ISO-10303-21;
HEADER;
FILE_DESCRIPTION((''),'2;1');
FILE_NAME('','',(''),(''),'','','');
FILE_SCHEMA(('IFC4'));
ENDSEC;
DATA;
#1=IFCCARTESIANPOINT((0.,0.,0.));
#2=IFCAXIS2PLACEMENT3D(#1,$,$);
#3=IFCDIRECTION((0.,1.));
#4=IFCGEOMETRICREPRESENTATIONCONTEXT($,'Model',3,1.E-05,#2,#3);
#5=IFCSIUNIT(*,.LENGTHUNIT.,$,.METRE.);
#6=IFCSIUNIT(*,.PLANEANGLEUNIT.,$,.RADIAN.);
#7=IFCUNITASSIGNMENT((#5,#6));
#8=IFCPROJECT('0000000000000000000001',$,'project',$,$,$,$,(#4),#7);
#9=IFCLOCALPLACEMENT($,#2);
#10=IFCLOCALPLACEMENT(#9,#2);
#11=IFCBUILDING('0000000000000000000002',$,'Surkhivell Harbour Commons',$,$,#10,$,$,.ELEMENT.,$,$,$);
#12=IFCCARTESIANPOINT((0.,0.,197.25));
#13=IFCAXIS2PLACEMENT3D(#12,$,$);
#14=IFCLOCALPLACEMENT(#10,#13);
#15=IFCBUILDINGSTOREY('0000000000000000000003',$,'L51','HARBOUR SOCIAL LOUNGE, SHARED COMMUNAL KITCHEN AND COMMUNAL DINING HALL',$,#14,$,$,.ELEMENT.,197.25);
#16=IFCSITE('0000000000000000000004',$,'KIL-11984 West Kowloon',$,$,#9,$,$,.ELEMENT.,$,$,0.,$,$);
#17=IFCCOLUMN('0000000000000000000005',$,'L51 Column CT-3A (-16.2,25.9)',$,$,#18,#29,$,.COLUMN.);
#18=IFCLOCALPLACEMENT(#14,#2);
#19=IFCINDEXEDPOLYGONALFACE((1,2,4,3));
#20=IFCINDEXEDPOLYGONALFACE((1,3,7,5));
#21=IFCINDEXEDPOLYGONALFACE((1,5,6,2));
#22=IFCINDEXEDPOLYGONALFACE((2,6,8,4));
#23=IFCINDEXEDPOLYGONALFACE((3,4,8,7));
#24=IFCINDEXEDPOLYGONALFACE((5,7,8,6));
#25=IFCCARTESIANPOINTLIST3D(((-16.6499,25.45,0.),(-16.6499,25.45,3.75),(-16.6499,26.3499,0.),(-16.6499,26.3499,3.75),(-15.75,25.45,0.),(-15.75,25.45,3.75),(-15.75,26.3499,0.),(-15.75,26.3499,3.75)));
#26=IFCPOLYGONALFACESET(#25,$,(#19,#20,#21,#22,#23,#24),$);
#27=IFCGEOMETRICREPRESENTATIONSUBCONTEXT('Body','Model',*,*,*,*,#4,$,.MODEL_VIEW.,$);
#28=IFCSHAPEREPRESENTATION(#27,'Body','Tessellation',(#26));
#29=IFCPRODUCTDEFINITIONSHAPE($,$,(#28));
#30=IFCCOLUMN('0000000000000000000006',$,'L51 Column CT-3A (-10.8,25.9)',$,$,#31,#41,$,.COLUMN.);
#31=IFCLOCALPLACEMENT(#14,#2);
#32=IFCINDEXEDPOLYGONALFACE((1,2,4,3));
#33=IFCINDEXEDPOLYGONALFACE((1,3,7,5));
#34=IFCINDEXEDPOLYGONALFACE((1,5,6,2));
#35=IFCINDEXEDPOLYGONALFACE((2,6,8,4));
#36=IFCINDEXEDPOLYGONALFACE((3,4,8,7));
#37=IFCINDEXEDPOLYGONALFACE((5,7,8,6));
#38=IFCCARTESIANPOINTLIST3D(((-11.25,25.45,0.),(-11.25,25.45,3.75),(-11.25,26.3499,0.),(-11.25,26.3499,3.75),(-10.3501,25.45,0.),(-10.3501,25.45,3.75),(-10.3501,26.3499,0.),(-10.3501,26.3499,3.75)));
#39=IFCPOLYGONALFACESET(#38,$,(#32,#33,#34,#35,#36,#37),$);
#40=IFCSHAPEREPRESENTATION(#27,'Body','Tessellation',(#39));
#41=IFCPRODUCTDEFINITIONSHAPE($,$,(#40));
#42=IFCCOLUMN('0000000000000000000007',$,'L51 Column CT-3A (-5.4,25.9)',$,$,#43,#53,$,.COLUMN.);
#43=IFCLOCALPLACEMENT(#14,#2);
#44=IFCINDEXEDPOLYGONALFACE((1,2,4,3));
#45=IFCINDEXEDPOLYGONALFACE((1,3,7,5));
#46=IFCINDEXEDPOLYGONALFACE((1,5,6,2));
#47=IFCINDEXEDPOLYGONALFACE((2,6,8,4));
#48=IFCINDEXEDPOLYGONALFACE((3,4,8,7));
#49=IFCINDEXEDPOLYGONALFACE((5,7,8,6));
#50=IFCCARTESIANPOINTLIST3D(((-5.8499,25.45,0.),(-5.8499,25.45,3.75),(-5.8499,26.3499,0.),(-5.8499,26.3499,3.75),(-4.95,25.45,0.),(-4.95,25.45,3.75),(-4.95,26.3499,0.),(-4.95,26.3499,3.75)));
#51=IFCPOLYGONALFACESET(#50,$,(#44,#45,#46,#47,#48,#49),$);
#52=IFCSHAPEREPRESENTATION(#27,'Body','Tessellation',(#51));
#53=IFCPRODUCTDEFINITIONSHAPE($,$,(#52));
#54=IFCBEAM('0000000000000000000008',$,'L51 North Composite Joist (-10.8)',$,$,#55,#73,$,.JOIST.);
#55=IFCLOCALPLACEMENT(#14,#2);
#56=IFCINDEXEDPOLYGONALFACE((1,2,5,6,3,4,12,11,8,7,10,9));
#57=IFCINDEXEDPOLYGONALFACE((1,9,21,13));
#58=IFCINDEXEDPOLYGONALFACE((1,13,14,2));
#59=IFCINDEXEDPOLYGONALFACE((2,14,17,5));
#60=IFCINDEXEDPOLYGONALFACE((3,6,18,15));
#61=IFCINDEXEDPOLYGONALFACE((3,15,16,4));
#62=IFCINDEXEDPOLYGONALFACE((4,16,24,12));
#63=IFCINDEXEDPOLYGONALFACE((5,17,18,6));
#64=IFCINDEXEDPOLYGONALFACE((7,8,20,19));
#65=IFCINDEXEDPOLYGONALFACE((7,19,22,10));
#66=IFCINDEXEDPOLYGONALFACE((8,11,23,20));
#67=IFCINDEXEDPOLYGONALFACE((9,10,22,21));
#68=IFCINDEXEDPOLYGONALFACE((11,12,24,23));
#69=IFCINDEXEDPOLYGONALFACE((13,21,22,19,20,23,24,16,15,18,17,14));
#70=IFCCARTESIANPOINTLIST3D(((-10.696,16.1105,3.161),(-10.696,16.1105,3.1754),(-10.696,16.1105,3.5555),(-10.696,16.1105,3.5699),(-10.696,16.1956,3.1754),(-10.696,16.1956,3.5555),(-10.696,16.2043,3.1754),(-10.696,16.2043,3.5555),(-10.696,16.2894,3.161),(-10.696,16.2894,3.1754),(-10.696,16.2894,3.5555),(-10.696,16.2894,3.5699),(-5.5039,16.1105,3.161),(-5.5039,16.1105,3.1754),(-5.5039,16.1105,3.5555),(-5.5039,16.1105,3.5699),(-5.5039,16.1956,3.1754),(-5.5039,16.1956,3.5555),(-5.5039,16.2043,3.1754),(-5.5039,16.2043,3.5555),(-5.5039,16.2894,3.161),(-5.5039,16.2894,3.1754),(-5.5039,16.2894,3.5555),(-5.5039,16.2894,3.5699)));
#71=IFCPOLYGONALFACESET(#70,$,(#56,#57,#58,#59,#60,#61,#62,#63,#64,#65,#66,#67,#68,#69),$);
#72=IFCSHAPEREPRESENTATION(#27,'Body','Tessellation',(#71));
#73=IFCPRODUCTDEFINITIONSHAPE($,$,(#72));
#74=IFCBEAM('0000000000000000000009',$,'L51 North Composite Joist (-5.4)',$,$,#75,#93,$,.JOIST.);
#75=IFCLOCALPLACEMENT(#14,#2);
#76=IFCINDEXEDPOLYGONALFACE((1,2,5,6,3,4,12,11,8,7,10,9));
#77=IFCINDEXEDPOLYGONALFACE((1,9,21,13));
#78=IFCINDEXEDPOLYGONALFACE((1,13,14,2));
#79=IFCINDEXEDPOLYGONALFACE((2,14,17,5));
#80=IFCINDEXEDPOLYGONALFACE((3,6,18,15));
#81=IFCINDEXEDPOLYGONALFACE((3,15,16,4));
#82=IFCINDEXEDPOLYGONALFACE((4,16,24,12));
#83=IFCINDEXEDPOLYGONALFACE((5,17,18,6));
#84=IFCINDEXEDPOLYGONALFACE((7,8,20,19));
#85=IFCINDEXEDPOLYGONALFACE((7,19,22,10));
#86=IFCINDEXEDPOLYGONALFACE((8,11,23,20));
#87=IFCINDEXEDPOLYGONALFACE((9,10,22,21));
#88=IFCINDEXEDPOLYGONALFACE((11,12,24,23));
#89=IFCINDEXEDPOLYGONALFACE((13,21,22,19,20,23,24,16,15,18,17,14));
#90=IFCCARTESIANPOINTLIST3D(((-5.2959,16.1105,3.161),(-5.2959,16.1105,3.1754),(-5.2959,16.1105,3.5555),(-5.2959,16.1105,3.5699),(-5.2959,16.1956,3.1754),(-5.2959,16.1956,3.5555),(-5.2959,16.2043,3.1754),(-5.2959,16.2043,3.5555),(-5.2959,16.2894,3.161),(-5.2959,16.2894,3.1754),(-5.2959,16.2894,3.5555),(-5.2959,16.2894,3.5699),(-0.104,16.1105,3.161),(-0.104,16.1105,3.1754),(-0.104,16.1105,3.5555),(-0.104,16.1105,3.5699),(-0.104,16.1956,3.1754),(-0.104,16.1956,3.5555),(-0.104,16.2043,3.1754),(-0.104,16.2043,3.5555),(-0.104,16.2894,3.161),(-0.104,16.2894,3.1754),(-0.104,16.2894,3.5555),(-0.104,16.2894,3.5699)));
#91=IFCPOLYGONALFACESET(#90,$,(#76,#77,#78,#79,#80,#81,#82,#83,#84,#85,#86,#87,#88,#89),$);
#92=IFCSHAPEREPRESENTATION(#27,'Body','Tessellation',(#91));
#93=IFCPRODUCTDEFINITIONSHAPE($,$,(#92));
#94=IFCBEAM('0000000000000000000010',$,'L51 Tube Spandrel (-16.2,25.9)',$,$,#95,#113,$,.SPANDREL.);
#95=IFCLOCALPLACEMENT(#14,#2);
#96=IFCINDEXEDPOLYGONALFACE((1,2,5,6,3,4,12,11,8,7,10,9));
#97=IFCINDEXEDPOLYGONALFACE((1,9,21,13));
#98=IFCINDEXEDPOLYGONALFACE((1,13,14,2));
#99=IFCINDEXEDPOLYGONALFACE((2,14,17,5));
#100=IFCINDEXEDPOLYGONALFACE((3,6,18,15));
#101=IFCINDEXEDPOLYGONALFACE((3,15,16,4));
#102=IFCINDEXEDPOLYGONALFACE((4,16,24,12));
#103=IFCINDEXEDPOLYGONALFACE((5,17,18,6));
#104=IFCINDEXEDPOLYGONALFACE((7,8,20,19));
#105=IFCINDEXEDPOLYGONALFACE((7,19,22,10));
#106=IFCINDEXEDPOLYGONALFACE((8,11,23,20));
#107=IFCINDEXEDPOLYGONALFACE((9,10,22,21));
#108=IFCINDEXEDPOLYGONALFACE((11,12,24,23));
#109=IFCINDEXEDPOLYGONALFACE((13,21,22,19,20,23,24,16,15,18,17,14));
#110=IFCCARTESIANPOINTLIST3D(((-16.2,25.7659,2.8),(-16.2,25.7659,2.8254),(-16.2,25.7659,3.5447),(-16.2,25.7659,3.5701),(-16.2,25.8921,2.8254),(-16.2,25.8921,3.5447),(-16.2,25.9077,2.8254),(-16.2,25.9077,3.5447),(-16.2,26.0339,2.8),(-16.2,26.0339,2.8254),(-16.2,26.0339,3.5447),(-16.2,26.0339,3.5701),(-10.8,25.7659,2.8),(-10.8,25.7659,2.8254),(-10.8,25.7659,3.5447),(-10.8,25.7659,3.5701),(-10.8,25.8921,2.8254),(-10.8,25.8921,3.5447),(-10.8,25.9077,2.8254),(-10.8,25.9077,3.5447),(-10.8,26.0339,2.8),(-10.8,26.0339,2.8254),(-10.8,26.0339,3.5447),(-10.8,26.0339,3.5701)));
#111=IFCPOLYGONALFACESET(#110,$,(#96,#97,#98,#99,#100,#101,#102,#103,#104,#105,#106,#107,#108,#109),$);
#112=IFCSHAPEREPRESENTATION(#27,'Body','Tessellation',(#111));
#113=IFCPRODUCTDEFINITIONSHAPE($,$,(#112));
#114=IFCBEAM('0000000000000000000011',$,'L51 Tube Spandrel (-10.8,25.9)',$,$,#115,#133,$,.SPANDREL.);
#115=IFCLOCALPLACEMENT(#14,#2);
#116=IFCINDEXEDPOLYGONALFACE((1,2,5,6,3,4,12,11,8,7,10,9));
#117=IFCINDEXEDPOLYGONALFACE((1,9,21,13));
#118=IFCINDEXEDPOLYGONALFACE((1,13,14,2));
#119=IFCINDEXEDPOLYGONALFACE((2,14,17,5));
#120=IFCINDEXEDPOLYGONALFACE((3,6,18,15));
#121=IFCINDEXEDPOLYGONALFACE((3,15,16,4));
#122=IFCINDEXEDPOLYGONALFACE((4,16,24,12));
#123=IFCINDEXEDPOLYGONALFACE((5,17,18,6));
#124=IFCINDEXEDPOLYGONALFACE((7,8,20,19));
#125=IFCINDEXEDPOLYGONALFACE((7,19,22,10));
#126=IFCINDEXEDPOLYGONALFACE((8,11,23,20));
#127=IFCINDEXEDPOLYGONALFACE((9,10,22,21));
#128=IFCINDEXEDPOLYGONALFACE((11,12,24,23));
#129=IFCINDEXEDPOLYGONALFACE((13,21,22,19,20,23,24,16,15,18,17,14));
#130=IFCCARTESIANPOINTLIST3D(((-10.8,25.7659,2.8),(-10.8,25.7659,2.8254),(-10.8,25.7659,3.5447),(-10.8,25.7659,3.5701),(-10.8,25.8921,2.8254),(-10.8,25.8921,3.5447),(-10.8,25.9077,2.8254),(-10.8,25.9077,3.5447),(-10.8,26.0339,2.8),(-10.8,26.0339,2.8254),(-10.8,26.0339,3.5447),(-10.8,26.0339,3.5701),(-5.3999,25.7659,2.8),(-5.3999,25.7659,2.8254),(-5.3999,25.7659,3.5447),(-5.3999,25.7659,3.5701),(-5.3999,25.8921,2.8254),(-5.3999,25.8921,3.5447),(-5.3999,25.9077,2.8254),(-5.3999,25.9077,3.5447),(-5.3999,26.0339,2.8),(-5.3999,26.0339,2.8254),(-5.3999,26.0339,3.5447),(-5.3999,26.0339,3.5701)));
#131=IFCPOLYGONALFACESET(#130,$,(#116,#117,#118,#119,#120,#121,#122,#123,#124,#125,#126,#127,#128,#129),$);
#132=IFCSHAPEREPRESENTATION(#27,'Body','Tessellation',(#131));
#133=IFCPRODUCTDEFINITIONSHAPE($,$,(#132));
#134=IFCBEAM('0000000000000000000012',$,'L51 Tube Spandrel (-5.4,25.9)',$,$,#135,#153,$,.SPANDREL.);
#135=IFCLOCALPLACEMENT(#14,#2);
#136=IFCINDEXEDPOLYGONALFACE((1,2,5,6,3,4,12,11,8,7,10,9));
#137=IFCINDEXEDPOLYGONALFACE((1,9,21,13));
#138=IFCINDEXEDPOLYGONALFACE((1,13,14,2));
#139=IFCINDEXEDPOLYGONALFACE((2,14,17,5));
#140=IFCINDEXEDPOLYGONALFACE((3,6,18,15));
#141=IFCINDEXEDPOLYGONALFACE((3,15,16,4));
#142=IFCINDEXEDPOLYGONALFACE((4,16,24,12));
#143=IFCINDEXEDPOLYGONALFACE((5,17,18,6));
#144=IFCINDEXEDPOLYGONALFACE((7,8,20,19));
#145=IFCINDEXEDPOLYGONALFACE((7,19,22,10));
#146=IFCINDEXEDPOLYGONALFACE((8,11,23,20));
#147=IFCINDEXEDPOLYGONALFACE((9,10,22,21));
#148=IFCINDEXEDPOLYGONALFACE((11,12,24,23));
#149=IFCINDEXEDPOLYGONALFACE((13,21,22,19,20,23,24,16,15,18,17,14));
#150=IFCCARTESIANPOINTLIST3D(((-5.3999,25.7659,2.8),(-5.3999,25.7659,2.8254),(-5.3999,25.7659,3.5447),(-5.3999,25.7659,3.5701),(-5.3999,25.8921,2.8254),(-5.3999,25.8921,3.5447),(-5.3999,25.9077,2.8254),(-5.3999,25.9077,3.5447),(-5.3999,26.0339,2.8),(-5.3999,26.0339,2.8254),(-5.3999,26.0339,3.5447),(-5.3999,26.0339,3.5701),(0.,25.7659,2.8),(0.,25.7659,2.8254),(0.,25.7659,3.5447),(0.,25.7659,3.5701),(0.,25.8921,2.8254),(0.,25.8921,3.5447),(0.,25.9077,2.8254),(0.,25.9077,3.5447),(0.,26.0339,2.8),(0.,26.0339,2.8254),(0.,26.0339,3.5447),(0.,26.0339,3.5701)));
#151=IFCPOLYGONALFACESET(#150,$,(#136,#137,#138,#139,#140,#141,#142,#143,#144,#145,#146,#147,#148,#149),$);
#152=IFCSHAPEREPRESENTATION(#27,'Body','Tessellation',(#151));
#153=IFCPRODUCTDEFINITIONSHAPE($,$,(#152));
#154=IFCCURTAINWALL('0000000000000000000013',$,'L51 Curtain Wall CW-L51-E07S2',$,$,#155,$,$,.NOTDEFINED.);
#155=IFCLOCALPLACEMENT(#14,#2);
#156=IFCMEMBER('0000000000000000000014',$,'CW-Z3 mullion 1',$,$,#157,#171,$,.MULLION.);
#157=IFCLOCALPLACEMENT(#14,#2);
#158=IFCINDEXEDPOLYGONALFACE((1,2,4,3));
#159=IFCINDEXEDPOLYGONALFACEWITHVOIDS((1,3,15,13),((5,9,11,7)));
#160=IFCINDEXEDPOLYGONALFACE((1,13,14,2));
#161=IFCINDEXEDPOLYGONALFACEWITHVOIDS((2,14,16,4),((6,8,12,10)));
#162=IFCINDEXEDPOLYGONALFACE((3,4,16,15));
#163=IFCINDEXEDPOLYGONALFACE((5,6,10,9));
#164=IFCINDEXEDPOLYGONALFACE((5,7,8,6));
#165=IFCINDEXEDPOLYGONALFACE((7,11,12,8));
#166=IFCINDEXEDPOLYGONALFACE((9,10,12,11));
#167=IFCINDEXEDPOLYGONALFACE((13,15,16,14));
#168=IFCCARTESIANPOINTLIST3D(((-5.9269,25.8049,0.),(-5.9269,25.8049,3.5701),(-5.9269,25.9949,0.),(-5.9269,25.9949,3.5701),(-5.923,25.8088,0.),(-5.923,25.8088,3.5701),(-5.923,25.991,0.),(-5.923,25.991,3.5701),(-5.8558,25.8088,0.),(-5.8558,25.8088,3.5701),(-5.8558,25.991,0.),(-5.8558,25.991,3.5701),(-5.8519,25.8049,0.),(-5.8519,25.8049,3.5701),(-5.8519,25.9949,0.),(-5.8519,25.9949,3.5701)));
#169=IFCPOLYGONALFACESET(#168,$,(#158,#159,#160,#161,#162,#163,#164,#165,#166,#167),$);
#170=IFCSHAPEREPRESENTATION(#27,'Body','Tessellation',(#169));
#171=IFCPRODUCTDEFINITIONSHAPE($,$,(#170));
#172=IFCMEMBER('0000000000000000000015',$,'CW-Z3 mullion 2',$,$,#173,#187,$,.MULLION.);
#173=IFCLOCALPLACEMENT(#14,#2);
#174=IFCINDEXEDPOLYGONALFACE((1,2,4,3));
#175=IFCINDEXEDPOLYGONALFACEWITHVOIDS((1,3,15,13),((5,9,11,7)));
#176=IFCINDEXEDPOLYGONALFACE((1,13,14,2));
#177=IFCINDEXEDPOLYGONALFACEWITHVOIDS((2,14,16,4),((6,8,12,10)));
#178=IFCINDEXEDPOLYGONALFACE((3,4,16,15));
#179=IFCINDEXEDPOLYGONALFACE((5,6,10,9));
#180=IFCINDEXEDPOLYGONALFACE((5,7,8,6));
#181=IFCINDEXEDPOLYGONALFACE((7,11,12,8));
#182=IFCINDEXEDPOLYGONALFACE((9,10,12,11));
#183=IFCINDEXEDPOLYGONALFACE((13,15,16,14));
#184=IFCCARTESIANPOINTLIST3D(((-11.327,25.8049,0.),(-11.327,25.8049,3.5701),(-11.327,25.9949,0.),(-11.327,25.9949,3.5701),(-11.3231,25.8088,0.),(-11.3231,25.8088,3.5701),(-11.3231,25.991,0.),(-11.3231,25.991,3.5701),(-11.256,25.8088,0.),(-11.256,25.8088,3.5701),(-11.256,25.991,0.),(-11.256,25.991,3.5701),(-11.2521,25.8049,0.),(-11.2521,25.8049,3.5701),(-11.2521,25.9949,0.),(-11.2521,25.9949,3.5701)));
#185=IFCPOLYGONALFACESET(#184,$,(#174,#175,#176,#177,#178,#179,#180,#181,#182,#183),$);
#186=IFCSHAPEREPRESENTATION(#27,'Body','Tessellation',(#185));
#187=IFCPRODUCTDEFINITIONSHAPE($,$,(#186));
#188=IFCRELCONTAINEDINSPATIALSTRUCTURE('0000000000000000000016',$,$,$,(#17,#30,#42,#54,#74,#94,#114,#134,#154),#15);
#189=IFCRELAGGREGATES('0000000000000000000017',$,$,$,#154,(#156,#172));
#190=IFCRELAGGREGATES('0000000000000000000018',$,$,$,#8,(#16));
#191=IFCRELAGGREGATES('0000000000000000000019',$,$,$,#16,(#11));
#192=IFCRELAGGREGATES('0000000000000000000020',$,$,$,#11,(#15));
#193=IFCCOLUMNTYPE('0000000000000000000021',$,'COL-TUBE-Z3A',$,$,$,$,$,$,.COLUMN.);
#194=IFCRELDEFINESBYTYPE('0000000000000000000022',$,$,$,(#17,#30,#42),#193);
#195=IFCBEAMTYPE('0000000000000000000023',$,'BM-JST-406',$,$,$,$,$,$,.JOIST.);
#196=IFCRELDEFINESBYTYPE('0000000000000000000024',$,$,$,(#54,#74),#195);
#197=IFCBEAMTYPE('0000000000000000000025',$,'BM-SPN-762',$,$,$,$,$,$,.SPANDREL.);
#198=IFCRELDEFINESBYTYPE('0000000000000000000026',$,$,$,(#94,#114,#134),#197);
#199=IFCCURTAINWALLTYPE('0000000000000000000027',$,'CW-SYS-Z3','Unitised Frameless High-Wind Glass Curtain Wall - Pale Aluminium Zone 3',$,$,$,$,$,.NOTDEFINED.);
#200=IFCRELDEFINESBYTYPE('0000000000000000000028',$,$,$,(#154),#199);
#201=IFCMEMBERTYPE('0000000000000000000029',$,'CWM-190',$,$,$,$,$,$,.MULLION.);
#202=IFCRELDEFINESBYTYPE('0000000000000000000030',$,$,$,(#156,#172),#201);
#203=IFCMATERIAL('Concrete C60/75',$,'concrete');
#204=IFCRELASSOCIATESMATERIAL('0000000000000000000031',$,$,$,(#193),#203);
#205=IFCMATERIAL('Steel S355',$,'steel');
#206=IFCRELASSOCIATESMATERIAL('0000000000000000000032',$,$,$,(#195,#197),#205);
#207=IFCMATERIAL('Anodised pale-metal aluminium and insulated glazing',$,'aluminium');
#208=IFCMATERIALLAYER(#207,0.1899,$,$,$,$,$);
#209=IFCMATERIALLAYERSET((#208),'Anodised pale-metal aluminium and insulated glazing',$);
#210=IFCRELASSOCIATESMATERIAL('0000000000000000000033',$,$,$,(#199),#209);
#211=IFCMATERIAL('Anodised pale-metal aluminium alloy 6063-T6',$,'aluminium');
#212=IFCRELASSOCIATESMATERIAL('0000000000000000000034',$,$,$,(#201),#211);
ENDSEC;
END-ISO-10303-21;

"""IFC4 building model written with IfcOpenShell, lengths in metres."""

from ifc_helpers import new_model, si_unit, direction, frame, origin, origin_2d, place, context, subcontext, project, spatial, rectangle, hollow_rectangle, i_section, extrude, material, layer, layer_set, material_profile, profile_set, type_object, element, aggregate, save


model = new_model("IFC4")

# Units and contexts
model_context = context("Model", 3, precision=1e-05, world=origin(), true_north=direction((0.0, 1.0)))
body_context = subcontext(model_context, "Body", "Model", "MODEL_VIEW")
ifc_project = project(units=[si_unit("LENGTHUNIT", "METRE"), si_unit("PLANEANGLEUNIT", "RADIAN")], contexts=[model_context])

# Site, building, storey
site_placement = place(None, origin())
site = spatial("IfcSite", under=ifc_project, at=site_placement, Name="KIL-11984 West Kowloon", CompositionType="ELEMENT", RefElevation=0.0)
building_placement = place(site_placement, origin())
building = spatial("IfcBuilding", under=site, at=building_placement, Name="Surkhivell Harbour Commons", CompositionType="ELEMENT")
storey_placement = place(building_placement, frame((0.0, 0.0, 197.25)))
storey = spatial("IfcBuildingStorey", under=building, at=storey_placement, Name="L51", Description="HARBOUR SOCIAL LOUNGE, SHARED COMMUNAL KITCHEN AND COMMUNAL DINING HALL", CompositionType="ELEMENT", Elevation=197.25)

# Columns
ifc_material_1 = material(Name="Concrete C60/75", Category="concrete")
ifc_material_profile_1 = material_profile(ifc_material_1, rectangle(XDim=0.8999, YDim=0.8999, at=origin_2d()), Name="RC-COL-900x900")
ifc_profile_set_1 = profile_set([ifc_material_profile_1], Name="Concrete C60/75")
column_type = type_object("IfcColumnType", Name="COL-TUBE-Z3A", PredefinedType="COLUMN", material=ifc_profile_set_1)
for number, where, z_axis, x_axis, name in (
    (1, (-16.2, 25.8999, 0.0), (0.0, 0.0, 1.0), (1.0, 0.0, 0.0), "L51 Column CT-3A (-16.2,25.9)"),
    (2, (-10.8, 25.8999, 0.0), (0.0, 0.0, 1.0), (1.0, 0.0, 0.0), "L51 Column CT-3A (-10.8,25.9)"),
    (3, (-5.3999, 25.8999, 0.0), (0.0, 0.0, 1.0), (1.0, 0.0, 0.0), "L51 Column CT-3A (-5.4,25.9)"),
):
    element("IfcColumn", number, at=place(storey_placement, frame(where, z_axis=z_axis, x_axis=x_axis)), inside=storey, type_object=column_type, Name=name, PredefinedType="COLUMN", context=body_context, shape_type="SweptSolid", body=[
        extrude(rectangle(XDim=0.8999, YDim=0.8999, at=origin_2d()), origin(), (0.0, 0.0, 1.0), 3.75),
    ])

# Beams
ifc_material_2 = material(Name="Steel S355", Category="steel")
ifc_material_profile_2 = material_profile(ifc_material_2, i_section(OverallWidth=0.179, OverallDepth=0.4089, WebThickness=0.0088, FlangeThickness=0.0144, at=origin_2d()), Name="UB406x178x67")
ifc_profile_set_2 = profile_set([ifc_material_profile_2], Name="Steel S355")
beam_type_1 = type_object("IfcBeamType", Name="BM-JST-406", PredefinedType="JOIST", material=ifc_profile_set_2)
beam_1_placement = place(storey_placement, frame((-10.696, 16.2, 3.3655), z_axis=(1.0, 0.0, 0.0), x_axis=(0.0, 1.0, 0.0)))
element("IfcBeam", 4, at=beam_1_placement, inside=storey, type_object=beam_type_1, Name="L51 North Composite Joist (-10.8)", PredefinedType="JOIST", context=body_context, shape_type="SweptSolid", body=[
    extrude(i_section(OverallWidth=0.179, OverallDepth=0.4089, WebThickness=0.0088, FlangeThickness=0.0144, at=origin_2d()), origin(), (0.0, 0.0, 1.0), 5.1921),
])
beam_2_placement = place(storey_placement, frame((-5.2959, 16.2, 3.3655), z_axis=(1.0, 0.0, 0.0), x_axis=(0.0, 1.0, 0.0)))
element("IfcBeam", 5, at=beam_2_placement, inside=storey, type_object=beam_type_1, Name="L51 North Composite Joist (-5.4)", PredefinedType="JOIST", context=body_context, shape_type="SweptSolid", body=[
    extrude(i_section(OverallWidth=0.179, OverallDepth=0.4089, WebThickness=0.0088, FlangeThickness=0.0144, at=origin_2d()), origin(), (0.0, 0.0, 1.0), 5.1919),
])
ifc_material_profile_3 = material_profile(ifc_material_2, i_section(OverallWidth=0.2681, OverallDepth=0.77, WebThickness=0.0156, FlangeThickness=0.0254, at=origin_2d()), Name="UB762x267x197")
ifc_profile_set_3 = profile_set([ifc_material_profile_3], Name="Steel S355")
beam_type_2 = type_object("IfcBeamType", Name="BM-SPN-762", PredefinedType="SPANDREL", material=ifc_profile_set_3)
beam_3_placement = place(storey_placement, frame((-16.2, 25.8999, 3.1851), z_axis=(1.0, 0.0, 0.0), x_axis=(0.0, 1.0, 0.0)))
element("IfcBeam", 6, at=beam_3_placement, inside=storey, type_object=beam_type_2, Name="L51 Tube Spandrel (-16.2,25.9)", PredefinedType="SPANDREL", context=body_context, shape_type="SweptSolid", body=[
    extrude(i_section(OverallWidth=0.2681, OverallDepth=0.77, WebThickness=0.0156, FlangeThickness=0.0254, at=origin_2d()), origin(), (0.0, 0.0, 1.0), 5.3999),
])
beam_4_placement = place(storey_placement, frame((-10.8, 25.8999, 3.1851), z_axis=(1.0, 0.0, 0.0), x_axis=(0.0, 1.0, 0.0)))
element("IfcBeam", 7, at=beam_4_placement, inside=storey, type_object=beam_type_2, Name="L51 Tube Spandrel (-10.8,25.9)", PredefinedType="SPANDREL", context=body_context, shape_type="SweptSolid", body=[
    extrude(i_section(OverallWidth=0.2681, OverallDepth=0.77, WebThickness=0.0156, FlangeThickness=0.0254, at=origin_2d()), origin(), (0.0, 0.0, 1.0), 5.4001),
])
beam_5_placement = place(storey_placement, frame((-5.3999, 25.8999, 3.1851), z_axis=(1.0, 0.0, 0.0), x_axis=(0.0, 1.0, 0.0)))
element("IfcBeam", 8, at=beam_5_placement, inside=storey, type_object=beam_type_2, Name="L51 Tube Spandrel (-5.4,25.9)", PredefinedType="SPANDREL", context=body_context, shape_type="SweptSolid", body=[
    extrude(i_section(OverallWidth=0.2681, OverallDepth=0.77, WebThickness=0.0156, FlangeThickness=0.0254, at=origin_2d()), origin(), (0.0, 0.0, 1.0), 5.3999),
])

# Curtain wall, members
ifc_material_3 = material(Name="Anodised pale-metal aluminium and insulated glazing", Category="aluminium")
ifc_layer_1 = layer(ifc_material_3, 0.1899)
ifc_layer_set_1 = layer_set([ifc_layer_1], Name="Anodised pale-metal aluminium and insulated glazing")
curtain_wall_type = type_object("IfcCurtainWallType", Name="CW-SYS-Z3", Description="Unitised Frameless High-Wind Glass Curtain Wall - Pale Aluminium Zone 3", PredefinedType="NOTDEFINED", material=ifc_layer_set_1)
curtain_wall_placement = place(storey_placement, origin())
curtain_wall = element("IfcCurtainWall", 9, at=curtain_wall_placement, inside=storey, type_object=curtain_wall_type, Name="L51 Curtain Wall CW-L51-E07S2", PredefinedType="NOTDEFINED")
ifc_material_4 = material(Name="Anodised pale-metal aluminium alloy 6063-T6", Category="aluminium")
ifc_material_profile_4 = material_profile(ifc_material_4, hollow_rectangle(XDim=0.075, YDim=0.1899, WallThickness=0.0039, at=origin_2d()), Name="ALU-MULL-75x190")
ifc_profile_set_4 = profile_set([ifc_material_profile_4], Name="Anodised pale-metal aluminium alloy 6063-T6")
member_type_1 = type_object("IfcMemberType", Name="CWM-190", PredefinedType="MULLION", material=ifc_profile_set_4)
member_1_placement = place(storey_placement, frame((-5.8894, 25.8999, 0.0), z_axis=(0.0, 0.0, 1.0), x_axis=(-1.0, 0.0, 0.0)))
member_1 = element("IfcMember", 10, at=member_1_placement, type_object=member_type_1, Name="CW-Z3 mullion 1", PredefinedType="MULLION", context=body_context, shape_type="SweptSolid", body=[
    extrude(hollow_rectangle(XDim=0.075, YDim=0.1899, WallThickness=0.0039, at=origin_2d()), origin(), (0.0, 0.0, 1.0), 3.5701),
])
member_2_placement = place(storey_placement, frame((-11.2896, 25.8999, 0.0), z_axis=(0.0, 0.0, 1.0), x_axis=(-1.0, 0.0, 0.0)))
member_2 = element("IfcMember", 11, at=member_2_placement, type_object=member_type_1, Name="CW-Z3 mullion 2", PredefinedType="MULLION", context=body_context, shape_type="SweptSolid", body=[
    extrude(hollow_rectangle(XDim=0.075, YDim=0.1899, WallThickness=0.0039, at=origin_2d()), origin(), (0.0, 0.0, 1.0), 3.5701),
])

aggregate(curtain_wall, [member_1, member_2])

save(model, "model.ifc")
